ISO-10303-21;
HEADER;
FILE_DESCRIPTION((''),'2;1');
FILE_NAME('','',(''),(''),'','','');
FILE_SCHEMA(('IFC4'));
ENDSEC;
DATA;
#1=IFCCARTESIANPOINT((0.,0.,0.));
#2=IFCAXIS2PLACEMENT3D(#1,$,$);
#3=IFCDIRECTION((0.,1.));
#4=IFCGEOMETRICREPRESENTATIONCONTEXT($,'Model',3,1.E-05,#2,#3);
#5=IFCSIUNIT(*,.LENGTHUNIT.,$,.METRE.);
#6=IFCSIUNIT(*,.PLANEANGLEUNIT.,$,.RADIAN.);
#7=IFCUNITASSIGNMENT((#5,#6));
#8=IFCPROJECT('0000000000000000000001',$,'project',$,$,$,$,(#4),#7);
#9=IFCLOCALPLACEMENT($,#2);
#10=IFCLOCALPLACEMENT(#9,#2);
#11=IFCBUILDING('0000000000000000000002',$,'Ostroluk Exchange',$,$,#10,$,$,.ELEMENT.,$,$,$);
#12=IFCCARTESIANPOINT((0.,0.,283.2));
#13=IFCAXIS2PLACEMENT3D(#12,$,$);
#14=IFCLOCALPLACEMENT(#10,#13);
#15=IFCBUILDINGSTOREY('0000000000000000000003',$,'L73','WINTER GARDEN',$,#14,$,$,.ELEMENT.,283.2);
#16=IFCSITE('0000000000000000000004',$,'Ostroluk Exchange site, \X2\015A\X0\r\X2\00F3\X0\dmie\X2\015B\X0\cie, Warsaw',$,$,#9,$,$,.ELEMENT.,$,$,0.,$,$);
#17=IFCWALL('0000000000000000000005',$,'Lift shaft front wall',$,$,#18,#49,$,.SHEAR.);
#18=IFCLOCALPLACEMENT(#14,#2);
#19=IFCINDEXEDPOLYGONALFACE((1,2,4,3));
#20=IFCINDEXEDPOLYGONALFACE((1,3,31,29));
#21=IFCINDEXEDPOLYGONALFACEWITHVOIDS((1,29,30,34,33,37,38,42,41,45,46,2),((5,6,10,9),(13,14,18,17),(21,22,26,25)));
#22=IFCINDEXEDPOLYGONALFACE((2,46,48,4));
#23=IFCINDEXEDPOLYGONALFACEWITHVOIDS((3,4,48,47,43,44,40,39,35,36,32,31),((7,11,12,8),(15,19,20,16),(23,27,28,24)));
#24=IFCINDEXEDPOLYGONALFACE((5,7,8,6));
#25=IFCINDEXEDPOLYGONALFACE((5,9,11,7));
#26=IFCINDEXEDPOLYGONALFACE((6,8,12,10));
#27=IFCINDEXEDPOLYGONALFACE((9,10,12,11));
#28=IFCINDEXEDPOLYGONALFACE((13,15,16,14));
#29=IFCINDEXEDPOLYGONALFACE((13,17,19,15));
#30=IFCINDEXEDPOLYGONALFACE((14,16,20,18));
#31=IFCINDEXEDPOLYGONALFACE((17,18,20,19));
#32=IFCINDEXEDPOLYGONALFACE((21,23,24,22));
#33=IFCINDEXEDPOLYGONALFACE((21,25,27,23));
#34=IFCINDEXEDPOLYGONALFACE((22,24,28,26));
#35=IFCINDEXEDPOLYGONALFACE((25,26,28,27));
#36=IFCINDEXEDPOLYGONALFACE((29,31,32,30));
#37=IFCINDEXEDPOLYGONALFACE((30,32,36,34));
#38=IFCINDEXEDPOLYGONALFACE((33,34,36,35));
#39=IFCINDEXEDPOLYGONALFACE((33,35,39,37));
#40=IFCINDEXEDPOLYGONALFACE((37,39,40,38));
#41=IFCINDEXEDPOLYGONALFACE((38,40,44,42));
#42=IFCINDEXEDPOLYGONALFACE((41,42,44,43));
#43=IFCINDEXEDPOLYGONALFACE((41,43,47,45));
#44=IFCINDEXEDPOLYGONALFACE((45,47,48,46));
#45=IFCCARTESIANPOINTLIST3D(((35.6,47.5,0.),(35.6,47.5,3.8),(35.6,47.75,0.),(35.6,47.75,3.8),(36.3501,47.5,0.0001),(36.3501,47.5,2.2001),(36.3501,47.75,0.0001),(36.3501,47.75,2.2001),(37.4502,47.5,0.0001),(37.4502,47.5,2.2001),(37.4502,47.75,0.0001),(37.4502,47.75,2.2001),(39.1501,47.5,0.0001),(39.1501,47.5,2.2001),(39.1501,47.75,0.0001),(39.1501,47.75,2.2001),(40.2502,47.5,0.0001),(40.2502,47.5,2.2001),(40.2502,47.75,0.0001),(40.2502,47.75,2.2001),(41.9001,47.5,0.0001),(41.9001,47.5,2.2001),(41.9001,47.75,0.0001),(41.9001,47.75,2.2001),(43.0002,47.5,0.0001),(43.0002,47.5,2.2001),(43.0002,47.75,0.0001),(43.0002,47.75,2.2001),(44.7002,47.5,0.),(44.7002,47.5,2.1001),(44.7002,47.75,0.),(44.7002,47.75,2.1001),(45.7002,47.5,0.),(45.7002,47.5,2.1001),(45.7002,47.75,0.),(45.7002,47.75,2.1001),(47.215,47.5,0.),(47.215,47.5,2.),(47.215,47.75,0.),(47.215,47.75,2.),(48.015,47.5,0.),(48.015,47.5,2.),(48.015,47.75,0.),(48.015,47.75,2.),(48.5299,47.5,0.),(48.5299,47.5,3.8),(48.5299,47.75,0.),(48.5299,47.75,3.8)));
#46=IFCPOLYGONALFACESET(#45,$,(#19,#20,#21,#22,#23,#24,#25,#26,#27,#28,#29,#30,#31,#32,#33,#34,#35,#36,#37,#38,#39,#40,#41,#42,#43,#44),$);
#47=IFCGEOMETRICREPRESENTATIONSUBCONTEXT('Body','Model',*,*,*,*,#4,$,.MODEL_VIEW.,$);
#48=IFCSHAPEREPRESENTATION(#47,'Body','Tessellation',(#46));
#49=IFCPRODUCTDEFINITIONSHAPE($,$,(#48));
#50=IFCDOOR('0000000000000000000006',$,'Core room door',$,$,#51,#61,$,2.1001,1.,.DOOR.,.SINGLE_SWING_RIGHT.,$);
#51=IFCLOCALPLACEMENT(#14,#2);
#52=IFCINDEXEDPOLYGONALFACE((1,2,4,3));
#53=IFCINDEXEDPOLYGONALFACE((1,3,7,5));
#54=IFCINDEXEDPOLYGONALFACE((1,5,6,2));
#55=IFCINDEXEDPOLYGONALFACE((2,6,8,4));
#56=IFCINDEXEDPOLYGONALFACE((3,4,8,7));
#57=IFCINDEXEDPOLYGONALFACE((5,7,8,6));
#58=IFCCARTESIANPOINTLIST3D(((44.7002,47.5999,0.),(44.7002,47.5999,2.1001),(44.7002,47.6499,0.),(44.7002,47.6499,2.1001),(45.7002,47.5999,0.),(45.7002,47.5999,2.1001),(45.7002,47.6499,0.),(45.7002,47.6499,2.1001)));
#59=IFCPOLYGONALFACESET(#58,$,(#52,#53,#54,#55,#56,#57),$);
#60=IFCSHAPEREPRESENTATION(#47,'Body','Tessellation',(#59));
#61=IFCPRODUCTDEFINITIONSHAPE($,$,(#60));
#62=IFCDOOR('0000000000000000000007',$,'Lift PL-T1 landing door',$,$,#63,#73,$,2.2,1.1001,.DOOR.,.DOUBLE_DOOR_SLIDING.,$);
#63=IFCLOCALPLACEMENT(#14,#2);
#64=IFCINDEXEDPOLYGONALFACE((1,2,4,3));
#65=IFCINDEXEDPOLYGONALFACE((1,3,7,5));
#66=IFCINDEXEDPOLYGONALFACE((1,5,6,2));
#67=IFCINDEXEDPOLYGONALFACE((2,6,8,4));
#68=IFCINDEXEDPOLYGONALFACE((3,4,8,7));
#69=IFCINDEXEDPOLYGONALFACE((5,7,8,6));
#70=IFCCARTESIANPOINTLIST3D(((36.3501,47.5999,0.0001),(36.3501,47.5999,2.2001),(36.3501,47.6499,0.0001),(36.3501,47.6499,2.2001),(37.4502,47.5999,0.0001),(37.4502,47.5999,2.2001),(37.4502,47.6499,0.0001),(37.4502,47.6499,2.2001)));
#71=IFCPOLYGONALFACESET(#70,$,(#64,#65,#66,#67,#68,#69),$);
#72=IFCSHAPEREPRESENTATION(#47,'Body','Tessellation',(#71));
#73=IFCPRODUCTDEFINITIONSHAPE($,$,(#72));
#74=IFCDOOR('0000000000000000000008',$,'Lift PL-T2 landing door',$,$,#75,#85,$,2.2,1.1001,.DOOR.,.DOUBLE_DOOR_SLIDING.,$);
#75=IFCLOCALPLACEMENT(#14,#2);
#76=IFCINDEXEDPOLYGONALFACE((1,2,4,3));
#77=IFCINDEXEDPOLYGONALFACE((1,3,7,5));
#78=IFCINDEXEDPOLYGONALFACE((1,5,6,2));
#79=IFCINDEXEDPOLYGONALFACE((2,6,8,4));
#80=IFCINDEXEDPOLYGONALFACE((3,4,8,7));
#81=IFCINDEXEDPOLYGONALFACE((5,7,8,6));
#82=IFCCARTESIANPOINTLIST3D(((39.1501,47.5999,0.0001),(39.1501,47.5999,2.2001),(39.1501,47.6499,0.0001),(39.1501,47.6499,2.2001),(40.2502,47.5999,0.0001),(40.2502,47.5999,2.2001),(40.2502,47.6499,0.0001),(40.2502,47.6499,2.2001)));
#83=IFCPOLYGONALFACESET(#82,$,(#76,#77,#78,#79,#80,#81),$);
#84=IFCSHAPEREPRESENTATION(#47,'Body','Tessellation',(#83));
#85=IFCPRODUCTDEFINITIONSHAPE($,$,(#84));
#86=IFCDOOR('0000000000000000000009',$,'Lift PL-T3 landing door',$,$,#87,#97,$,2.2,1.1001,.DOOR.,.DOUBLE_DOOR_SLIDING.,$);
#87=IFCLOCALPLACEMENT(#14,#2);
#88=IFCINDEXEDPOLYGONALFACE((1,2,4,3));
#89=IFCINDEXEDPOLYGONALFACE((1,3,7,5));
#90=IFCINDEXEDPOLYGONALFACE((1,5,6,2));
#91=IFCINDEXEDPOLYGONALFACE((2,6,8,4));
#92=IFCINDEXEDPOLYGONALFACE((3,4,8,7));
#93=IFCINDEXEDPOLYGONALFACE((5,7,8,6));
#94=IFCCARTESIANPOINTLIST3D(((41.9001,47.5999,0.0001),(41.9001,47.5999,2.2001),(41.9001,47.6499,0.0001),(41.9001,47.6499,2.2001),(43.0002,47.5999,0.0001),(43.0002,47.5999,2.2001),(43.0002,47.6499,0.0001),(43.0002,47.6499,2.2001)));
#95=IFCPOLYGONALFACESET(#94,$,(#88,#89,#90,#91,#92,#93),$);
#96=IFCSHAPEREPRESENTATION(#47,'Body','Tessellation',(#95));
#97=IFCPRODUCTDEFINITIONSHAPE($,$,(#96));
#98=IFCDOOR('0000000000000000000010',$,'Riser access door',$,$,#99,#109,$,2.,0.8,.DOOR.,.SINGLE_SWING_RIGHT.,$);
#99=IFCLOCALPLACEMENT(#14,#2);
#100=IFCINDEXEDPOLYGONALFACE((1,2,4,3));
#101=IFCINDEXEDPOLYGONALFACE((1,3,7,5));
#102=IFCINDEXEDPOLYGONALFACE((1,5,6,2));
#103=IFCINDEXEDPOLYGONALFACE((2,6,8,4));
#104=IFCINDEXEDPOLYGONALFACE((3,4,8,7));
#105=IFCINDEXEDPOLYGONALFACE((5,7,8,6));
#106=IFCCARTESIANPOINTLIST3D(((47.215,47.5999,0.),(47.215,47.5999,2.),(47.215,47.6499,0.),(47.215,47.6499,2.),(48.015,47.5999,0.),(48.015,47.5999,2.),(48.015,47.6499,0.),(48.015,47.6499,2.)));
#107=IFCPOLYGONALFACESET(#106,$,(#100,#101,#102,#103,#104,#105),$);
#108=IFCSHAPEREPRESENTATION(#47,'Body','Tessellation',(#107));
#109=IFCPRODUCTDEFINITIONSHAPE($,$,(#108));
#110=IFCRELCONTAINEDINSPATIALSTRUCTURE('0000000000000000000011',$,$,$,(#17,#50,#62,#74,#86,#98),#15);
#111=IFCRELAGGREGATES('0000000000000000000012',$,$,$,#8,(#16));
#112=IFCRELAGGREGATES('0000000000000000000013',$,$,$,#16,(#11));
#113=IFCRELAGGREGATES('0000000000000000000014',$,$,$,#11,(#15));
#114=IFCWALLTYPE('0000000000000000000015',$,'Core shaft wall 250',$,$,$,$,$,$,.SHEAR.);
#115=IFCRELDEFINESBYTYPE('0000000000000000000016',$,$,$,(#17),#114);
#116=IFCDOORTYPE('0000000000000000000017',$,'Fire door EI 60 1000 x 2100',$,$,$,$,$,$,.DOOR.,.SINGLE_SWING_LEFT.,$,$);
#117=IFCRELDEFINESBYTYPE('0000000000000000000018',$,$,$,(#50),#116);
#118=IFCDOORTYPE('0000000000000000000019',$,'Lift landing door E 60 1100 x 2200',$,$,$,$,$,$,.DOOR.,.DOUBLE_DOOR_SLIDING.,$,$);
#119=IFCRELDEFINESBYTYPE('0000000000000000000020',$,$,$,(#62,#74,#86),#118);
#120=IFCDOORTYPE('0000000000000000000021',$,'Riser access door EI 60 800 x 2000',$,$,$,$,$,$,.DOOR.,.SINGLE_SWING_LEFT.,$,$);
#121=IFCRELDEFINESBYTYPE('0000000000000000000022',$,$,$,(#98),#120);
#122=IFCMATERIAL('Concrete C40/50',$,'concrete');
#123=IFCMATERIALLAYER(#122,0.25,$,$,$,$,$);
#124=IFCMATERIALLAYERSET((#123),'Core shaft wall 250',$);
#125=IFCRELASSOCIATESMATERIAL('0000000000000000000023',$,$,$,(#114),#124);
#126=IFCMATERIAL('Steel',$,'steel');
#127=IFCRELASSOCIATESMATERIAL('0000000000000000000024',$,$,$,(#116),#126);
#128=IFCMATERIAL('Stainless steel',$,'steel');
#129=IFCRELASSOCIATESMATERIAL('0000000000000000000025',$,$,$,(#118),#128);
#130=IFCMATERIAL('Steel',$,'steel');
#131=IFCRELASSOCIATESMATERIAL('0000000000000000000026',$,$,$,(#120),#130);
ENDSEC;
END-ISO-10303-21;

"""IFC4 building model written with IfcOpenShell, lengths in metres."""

from ifc_helpers import new_model, si_unit, direction, frame, frame_2d, origin, place, context, subcontext, project, spatial, rectangle, extrude, material, layer, layer_set, type_object, element, fill, save


model = new_model("IFC4")

# Units and contexts
model_context = context("Model", 3, precision=1e-05, world=origin(), true_north=direction((0.0, 1.0)))
body_context = subcontext(model_context, "Body", "Model", "MODEL_VIEW")
ifc_project = project(units=[si_unit("LENGTHUNIT", "METRE"), si_unit("PLANEANGLEUNIT", "RADIAN")], contexts=[model_context])

# Site, building, storey
site_placement = place(None, origin())
site = spatial("IfcSite", under=ifc_project, at=site_placement, Name="Ostroluk Exchange site, Śródmieście, Warsaw", CompositionType="ELEMENT", RefElevation=0.0)
building_placement = place(site_placement, origin())
building = spatial("IfcBuilding", under=site, at=building_placement, Name="Ostroluk Exchange", CompositionType="ELEMENT")
storey_placement = place(building_placement, frame((0.0, 0.0, 283.2)))
storey = spatial("IfcBuildingStorey", under=building, at=storey_placement, Name="L73", Description="WINTER GARDEN", CompositionType="ELEMENT", Elevation=283.2)

# Shared definitions
ifc_material_1 = material(Name="Concrete C40/50", Category="concrete")
ifc_layer = layer(ifc_material_1, 0.25)
ifc_layer_set = layer_set([ifc_layer], Name="Core shaft wall 250")
wall_type = type_object("IfcWallType", Name="Core shaft wall 250", PredefinedType="SHEAR", material=ifc_layer_set)

# Wall, openings, doors
wall_1_placement = place(storey_placement, frame((35.6001, 47.625, 0.0), z_axis=(0.0, 0.0, 1.0), x_axis=(1.0, 0.0, 0.0)))
wall_1 = element("IfcWall", 1, at=wall_1_placement, inside=storey, type_object=wall_type, Name="Lift shaft front wall", PredefinedType="SHEAR", context=body_context, shape_type="SweptSolid", body=[
    extrude(rectangle(XDim=12.9299, YDim=0.25, at=frame_2d((6.4648, 0.0))), origin(), (0.0, 0.0, 1.0), 3.8),
])
opening_1_placement = place(wall_1_placement, frame((0.75, 0.0, 0.0)))
opening_1 = element("IfcOpeningElement", 2, at=opening_1_placement, cuts=wall_1, PredefinedType="OPENING", context=body_context, shape_type="SweptSolid", body=[
    extrude(rectangle(XDim=1.1001, YDim=2.2, at=frame_2d((0.55, 1.1001))), frame((0.0, 0.135, 0.0), z_axis=(0.0, -1.0, 0.0), x_axis=(1.0, 0.0, 0.0)), (0.0, 0.0, 1.0), 0.27),
])
opening_2_placement = place(wall_1_placement, frame((3.55, 0.0, 0.0)))
opening_2 = element("IfcOpeningElement", 3, at=opening_2_placement, cuts=wall_1, PredefinedType="OPENING", context=body_context, shape_type="SweptSolid", body=[
    extrude(rectangle(XDim=1.1001, YDim=2.2, at=frame_2d((0.55, 1.1001))), frame((0.0, 0.135, 0.0), z_axis=(0.0, -1.0, 0.0), x_axis=(1.0, 0.0, 0.0)), (0.0, 0.0, 1.0), 0.27),
])
opening_3_placement = place(wall_1_placement, frame((6.3, 0.0, 0.0)))
opening_3 = element("IfcOpeningElement", 4, at=opening_3_placement, cuts=wall_1, PredefinedType="OPENING", context=body_context, shape_type="SweptSolid", body=[
    extrude(rectangle(XDim=1.1001, YDim=2.2, at=frame_2d((0.55, 1.1001))), frame((0.0, 0.135, 0.0), z_axis=(0.0, -1.0, 0.0), x_axis=(1.0, 0.0, 0.0)), (0.0, 0.0, 1.0), 0.27),
])
opening_4_placement = place(wall_1_placement, frame((9.1001, 0.0, 0.0)))
opening_4 = element("IfcOpeningElement", 5, at=opening_4_placement, cuts=wall_1, PredefinedType="OPENING", context=body_context, shape_type="SweptSolid", body=[
    extrude(rectangle(XDim=1.0, YDim=2.1001, at=frame_2d((0.5, 1.05))), frame((0.0, 0.135, 0.0), z_axis=(0.0, -1.0, 0.0), x_axis=(1.0, 0.0, 0.0)), (0.0, 0.0, 1.0), 0.27),
])
opening_5_placement = place(wall_1_placement, frame((11.615, 0.0, 0.0)))
opening_5 = element("IfcOpeningElement", 6, at=opening_5_placement, cuts=wall_1, PredefinedType="OPENING", context=body_context, shape_type="SweptSolid", body=[
    extrude(rectangle(XDim=0.8, YDim=2.0, at=frame_2d((0.3999, 1.0))), frame((0.0, 0.135, 0.0), z_axis=(0.0, -1.0, 0.0), x_axis=(1.0, 0.0, 0.0)), (0.0, 0.0, 1.0), 0.27),
])
ifc_material_2 = material(Name="Steel", Category="steel")
door_type_1 = type_object("IfcDoorType", Name="Fire door EI 60 1000 x 2100", OperationType="SINGLE_SWING_LEFT", PredefinedType="DOOR", material=ifc_material_2)
door_1_placement = place(opening_4_placement, origin())
door_1 = element("IfcDoor", 7, at=door_1_placement, inside=storey, type_object=door_type_1, Name="Core room door", OperationType="SINGLE_SWING_RIGHT", OverallHeight=2.1001, OverallWidth=1.0, PredefinedType="DOOR", context=body_context, shape_type="SweptSolid", body=[
    extrude(rectangle(XDim=1.0, YDim=2.1001, at=frame_2d((0.5, 1.05))), frame((0.0, 0.0249, 0.0), z_axis=(0.0, -1.0, 0.0), x_axis=(1.0, 0.0, 0.0)), (0.0, 0.0, 1.0), 0.05),
])
fill(opening_4, door_1)
ifc_material_3 = material(Name="Stainless steel", Category="steel")
door_type_2 = type_object("IfcDoorType", Name="Lift landing door E 60 1100 x 2200", OperationType="DOUBLE_DOOR_SLIDING", PredefinedType="DOOR", material=ifc_material_3)
door_2_placement = place(opening_1_placement, origin())
door_2 = element("IfcDoor", 8, at=door_2_placement, inside=storey, type_object=door_type_2, Name="Lift PL-T1 landing door", OperationType="DOUBLE_DOOR_SLIDING", OverallHeight=2.2, OverallWidth=1.1001, PredefinedType="DOOR", context=body_context, shape_type="SweptSolid", body=[
    extrude(rectangle(XDim=1.1001, YDim=2.2, at=frame_2d((0.55, 1.1001))), frame((0.0, 0.0249, 0.0), z_axis=(0.0, -1.0, 0.0), x_axis=(1.0, 0.0, 0.0)), (0.0, 0.0, 1.0), 0.05),
])
fill(opening_1, door_2)
door_3_placement = place(opening_2_placement, origin())
door_3 = element("IfcDoor", 9, at=door_3_placement, inside=storey, type_object=door_type_2, Name="Lift PL-T2 landing door", OperationType="DOUBLE_DOOR_SLIDING", OverallHeight=2.2, OverallWidth=1.1001, PredefinedType="DOOR", context=body_context, shape_type="SweptSolid", body=[
    extrude(rectangle(XDim=1.1001, YDim=2.2, at=frame_2d((0.55, 1.1001))), frame((0.0, 0.0249, 0.0), z_axis=(0.0, -1.0, 0.0), x_axis=(1.0, 0.0, 0.0)), (0.0, 0.0, 1.0), 0.05),
])
fill(opening_2, door_3)
door_4_placement = place(opening_3_placement, origin())
door_4 = element("IfcDoor", 10, at=door_4_placement, inside=storey, type_object=door_type_2, Name="Lift PL-T3 landing door", OperationType="DOUBLE_DOOR_SLIDING", OverallHeight=2.2, OverallWidth=1.1001, PredefinedType="DOOR", context=body_context, shape_type="SweptSolid", body=[
    extrude(rectangle(XDim=1.1001, YDim=2.2, at=frame_2d((0.55, 1.1001))), frame((0.0, 0.0249, 0.0), z_axis=(0.0, -1.0, 0.0), x_axis=(1.0, 0.0, 0.0)), (0.0, 0.0, 1.0), 0.05),
])
fill(opening_3, door_4)
ifc_material_4 = material(Name="Steel", Category="steel")
door_type_3 = type_object("IfcDoorType", Name="Riser access door EI 60 800 x 2000", OperationType="SINGLE_SWING_LEFT", PredefinedType="DOOR", material=ifc_material_4)
door_5_placement = place(opening_5_placement, origin())
door_5 = element("IfcDoor", 11, at=door_5_placement, inside=storey, type_object=door_type_3, Name="Riser access door", OperationType="SINGLE_SWING_RIGHT", OverallHeight=2.0, OverallWidth=0.8, PredefinedType="DOOR", context=body_context, shape_type="SweptSolid", body=[
    extrude(rectangle(XDim=0.8, YDim=2.0, at=frame_2d((0.3999, 1.0))), frame((0.0, 0.0249, 0.0), z_axis=(0.0, -1.0, 0.0), x_axis=(1.0, 0.0, 0.0)), (0.0, 0.0, 1.0), 0.05),
])
fill(opening_5, door_5)

save(model, "model.ifc")
